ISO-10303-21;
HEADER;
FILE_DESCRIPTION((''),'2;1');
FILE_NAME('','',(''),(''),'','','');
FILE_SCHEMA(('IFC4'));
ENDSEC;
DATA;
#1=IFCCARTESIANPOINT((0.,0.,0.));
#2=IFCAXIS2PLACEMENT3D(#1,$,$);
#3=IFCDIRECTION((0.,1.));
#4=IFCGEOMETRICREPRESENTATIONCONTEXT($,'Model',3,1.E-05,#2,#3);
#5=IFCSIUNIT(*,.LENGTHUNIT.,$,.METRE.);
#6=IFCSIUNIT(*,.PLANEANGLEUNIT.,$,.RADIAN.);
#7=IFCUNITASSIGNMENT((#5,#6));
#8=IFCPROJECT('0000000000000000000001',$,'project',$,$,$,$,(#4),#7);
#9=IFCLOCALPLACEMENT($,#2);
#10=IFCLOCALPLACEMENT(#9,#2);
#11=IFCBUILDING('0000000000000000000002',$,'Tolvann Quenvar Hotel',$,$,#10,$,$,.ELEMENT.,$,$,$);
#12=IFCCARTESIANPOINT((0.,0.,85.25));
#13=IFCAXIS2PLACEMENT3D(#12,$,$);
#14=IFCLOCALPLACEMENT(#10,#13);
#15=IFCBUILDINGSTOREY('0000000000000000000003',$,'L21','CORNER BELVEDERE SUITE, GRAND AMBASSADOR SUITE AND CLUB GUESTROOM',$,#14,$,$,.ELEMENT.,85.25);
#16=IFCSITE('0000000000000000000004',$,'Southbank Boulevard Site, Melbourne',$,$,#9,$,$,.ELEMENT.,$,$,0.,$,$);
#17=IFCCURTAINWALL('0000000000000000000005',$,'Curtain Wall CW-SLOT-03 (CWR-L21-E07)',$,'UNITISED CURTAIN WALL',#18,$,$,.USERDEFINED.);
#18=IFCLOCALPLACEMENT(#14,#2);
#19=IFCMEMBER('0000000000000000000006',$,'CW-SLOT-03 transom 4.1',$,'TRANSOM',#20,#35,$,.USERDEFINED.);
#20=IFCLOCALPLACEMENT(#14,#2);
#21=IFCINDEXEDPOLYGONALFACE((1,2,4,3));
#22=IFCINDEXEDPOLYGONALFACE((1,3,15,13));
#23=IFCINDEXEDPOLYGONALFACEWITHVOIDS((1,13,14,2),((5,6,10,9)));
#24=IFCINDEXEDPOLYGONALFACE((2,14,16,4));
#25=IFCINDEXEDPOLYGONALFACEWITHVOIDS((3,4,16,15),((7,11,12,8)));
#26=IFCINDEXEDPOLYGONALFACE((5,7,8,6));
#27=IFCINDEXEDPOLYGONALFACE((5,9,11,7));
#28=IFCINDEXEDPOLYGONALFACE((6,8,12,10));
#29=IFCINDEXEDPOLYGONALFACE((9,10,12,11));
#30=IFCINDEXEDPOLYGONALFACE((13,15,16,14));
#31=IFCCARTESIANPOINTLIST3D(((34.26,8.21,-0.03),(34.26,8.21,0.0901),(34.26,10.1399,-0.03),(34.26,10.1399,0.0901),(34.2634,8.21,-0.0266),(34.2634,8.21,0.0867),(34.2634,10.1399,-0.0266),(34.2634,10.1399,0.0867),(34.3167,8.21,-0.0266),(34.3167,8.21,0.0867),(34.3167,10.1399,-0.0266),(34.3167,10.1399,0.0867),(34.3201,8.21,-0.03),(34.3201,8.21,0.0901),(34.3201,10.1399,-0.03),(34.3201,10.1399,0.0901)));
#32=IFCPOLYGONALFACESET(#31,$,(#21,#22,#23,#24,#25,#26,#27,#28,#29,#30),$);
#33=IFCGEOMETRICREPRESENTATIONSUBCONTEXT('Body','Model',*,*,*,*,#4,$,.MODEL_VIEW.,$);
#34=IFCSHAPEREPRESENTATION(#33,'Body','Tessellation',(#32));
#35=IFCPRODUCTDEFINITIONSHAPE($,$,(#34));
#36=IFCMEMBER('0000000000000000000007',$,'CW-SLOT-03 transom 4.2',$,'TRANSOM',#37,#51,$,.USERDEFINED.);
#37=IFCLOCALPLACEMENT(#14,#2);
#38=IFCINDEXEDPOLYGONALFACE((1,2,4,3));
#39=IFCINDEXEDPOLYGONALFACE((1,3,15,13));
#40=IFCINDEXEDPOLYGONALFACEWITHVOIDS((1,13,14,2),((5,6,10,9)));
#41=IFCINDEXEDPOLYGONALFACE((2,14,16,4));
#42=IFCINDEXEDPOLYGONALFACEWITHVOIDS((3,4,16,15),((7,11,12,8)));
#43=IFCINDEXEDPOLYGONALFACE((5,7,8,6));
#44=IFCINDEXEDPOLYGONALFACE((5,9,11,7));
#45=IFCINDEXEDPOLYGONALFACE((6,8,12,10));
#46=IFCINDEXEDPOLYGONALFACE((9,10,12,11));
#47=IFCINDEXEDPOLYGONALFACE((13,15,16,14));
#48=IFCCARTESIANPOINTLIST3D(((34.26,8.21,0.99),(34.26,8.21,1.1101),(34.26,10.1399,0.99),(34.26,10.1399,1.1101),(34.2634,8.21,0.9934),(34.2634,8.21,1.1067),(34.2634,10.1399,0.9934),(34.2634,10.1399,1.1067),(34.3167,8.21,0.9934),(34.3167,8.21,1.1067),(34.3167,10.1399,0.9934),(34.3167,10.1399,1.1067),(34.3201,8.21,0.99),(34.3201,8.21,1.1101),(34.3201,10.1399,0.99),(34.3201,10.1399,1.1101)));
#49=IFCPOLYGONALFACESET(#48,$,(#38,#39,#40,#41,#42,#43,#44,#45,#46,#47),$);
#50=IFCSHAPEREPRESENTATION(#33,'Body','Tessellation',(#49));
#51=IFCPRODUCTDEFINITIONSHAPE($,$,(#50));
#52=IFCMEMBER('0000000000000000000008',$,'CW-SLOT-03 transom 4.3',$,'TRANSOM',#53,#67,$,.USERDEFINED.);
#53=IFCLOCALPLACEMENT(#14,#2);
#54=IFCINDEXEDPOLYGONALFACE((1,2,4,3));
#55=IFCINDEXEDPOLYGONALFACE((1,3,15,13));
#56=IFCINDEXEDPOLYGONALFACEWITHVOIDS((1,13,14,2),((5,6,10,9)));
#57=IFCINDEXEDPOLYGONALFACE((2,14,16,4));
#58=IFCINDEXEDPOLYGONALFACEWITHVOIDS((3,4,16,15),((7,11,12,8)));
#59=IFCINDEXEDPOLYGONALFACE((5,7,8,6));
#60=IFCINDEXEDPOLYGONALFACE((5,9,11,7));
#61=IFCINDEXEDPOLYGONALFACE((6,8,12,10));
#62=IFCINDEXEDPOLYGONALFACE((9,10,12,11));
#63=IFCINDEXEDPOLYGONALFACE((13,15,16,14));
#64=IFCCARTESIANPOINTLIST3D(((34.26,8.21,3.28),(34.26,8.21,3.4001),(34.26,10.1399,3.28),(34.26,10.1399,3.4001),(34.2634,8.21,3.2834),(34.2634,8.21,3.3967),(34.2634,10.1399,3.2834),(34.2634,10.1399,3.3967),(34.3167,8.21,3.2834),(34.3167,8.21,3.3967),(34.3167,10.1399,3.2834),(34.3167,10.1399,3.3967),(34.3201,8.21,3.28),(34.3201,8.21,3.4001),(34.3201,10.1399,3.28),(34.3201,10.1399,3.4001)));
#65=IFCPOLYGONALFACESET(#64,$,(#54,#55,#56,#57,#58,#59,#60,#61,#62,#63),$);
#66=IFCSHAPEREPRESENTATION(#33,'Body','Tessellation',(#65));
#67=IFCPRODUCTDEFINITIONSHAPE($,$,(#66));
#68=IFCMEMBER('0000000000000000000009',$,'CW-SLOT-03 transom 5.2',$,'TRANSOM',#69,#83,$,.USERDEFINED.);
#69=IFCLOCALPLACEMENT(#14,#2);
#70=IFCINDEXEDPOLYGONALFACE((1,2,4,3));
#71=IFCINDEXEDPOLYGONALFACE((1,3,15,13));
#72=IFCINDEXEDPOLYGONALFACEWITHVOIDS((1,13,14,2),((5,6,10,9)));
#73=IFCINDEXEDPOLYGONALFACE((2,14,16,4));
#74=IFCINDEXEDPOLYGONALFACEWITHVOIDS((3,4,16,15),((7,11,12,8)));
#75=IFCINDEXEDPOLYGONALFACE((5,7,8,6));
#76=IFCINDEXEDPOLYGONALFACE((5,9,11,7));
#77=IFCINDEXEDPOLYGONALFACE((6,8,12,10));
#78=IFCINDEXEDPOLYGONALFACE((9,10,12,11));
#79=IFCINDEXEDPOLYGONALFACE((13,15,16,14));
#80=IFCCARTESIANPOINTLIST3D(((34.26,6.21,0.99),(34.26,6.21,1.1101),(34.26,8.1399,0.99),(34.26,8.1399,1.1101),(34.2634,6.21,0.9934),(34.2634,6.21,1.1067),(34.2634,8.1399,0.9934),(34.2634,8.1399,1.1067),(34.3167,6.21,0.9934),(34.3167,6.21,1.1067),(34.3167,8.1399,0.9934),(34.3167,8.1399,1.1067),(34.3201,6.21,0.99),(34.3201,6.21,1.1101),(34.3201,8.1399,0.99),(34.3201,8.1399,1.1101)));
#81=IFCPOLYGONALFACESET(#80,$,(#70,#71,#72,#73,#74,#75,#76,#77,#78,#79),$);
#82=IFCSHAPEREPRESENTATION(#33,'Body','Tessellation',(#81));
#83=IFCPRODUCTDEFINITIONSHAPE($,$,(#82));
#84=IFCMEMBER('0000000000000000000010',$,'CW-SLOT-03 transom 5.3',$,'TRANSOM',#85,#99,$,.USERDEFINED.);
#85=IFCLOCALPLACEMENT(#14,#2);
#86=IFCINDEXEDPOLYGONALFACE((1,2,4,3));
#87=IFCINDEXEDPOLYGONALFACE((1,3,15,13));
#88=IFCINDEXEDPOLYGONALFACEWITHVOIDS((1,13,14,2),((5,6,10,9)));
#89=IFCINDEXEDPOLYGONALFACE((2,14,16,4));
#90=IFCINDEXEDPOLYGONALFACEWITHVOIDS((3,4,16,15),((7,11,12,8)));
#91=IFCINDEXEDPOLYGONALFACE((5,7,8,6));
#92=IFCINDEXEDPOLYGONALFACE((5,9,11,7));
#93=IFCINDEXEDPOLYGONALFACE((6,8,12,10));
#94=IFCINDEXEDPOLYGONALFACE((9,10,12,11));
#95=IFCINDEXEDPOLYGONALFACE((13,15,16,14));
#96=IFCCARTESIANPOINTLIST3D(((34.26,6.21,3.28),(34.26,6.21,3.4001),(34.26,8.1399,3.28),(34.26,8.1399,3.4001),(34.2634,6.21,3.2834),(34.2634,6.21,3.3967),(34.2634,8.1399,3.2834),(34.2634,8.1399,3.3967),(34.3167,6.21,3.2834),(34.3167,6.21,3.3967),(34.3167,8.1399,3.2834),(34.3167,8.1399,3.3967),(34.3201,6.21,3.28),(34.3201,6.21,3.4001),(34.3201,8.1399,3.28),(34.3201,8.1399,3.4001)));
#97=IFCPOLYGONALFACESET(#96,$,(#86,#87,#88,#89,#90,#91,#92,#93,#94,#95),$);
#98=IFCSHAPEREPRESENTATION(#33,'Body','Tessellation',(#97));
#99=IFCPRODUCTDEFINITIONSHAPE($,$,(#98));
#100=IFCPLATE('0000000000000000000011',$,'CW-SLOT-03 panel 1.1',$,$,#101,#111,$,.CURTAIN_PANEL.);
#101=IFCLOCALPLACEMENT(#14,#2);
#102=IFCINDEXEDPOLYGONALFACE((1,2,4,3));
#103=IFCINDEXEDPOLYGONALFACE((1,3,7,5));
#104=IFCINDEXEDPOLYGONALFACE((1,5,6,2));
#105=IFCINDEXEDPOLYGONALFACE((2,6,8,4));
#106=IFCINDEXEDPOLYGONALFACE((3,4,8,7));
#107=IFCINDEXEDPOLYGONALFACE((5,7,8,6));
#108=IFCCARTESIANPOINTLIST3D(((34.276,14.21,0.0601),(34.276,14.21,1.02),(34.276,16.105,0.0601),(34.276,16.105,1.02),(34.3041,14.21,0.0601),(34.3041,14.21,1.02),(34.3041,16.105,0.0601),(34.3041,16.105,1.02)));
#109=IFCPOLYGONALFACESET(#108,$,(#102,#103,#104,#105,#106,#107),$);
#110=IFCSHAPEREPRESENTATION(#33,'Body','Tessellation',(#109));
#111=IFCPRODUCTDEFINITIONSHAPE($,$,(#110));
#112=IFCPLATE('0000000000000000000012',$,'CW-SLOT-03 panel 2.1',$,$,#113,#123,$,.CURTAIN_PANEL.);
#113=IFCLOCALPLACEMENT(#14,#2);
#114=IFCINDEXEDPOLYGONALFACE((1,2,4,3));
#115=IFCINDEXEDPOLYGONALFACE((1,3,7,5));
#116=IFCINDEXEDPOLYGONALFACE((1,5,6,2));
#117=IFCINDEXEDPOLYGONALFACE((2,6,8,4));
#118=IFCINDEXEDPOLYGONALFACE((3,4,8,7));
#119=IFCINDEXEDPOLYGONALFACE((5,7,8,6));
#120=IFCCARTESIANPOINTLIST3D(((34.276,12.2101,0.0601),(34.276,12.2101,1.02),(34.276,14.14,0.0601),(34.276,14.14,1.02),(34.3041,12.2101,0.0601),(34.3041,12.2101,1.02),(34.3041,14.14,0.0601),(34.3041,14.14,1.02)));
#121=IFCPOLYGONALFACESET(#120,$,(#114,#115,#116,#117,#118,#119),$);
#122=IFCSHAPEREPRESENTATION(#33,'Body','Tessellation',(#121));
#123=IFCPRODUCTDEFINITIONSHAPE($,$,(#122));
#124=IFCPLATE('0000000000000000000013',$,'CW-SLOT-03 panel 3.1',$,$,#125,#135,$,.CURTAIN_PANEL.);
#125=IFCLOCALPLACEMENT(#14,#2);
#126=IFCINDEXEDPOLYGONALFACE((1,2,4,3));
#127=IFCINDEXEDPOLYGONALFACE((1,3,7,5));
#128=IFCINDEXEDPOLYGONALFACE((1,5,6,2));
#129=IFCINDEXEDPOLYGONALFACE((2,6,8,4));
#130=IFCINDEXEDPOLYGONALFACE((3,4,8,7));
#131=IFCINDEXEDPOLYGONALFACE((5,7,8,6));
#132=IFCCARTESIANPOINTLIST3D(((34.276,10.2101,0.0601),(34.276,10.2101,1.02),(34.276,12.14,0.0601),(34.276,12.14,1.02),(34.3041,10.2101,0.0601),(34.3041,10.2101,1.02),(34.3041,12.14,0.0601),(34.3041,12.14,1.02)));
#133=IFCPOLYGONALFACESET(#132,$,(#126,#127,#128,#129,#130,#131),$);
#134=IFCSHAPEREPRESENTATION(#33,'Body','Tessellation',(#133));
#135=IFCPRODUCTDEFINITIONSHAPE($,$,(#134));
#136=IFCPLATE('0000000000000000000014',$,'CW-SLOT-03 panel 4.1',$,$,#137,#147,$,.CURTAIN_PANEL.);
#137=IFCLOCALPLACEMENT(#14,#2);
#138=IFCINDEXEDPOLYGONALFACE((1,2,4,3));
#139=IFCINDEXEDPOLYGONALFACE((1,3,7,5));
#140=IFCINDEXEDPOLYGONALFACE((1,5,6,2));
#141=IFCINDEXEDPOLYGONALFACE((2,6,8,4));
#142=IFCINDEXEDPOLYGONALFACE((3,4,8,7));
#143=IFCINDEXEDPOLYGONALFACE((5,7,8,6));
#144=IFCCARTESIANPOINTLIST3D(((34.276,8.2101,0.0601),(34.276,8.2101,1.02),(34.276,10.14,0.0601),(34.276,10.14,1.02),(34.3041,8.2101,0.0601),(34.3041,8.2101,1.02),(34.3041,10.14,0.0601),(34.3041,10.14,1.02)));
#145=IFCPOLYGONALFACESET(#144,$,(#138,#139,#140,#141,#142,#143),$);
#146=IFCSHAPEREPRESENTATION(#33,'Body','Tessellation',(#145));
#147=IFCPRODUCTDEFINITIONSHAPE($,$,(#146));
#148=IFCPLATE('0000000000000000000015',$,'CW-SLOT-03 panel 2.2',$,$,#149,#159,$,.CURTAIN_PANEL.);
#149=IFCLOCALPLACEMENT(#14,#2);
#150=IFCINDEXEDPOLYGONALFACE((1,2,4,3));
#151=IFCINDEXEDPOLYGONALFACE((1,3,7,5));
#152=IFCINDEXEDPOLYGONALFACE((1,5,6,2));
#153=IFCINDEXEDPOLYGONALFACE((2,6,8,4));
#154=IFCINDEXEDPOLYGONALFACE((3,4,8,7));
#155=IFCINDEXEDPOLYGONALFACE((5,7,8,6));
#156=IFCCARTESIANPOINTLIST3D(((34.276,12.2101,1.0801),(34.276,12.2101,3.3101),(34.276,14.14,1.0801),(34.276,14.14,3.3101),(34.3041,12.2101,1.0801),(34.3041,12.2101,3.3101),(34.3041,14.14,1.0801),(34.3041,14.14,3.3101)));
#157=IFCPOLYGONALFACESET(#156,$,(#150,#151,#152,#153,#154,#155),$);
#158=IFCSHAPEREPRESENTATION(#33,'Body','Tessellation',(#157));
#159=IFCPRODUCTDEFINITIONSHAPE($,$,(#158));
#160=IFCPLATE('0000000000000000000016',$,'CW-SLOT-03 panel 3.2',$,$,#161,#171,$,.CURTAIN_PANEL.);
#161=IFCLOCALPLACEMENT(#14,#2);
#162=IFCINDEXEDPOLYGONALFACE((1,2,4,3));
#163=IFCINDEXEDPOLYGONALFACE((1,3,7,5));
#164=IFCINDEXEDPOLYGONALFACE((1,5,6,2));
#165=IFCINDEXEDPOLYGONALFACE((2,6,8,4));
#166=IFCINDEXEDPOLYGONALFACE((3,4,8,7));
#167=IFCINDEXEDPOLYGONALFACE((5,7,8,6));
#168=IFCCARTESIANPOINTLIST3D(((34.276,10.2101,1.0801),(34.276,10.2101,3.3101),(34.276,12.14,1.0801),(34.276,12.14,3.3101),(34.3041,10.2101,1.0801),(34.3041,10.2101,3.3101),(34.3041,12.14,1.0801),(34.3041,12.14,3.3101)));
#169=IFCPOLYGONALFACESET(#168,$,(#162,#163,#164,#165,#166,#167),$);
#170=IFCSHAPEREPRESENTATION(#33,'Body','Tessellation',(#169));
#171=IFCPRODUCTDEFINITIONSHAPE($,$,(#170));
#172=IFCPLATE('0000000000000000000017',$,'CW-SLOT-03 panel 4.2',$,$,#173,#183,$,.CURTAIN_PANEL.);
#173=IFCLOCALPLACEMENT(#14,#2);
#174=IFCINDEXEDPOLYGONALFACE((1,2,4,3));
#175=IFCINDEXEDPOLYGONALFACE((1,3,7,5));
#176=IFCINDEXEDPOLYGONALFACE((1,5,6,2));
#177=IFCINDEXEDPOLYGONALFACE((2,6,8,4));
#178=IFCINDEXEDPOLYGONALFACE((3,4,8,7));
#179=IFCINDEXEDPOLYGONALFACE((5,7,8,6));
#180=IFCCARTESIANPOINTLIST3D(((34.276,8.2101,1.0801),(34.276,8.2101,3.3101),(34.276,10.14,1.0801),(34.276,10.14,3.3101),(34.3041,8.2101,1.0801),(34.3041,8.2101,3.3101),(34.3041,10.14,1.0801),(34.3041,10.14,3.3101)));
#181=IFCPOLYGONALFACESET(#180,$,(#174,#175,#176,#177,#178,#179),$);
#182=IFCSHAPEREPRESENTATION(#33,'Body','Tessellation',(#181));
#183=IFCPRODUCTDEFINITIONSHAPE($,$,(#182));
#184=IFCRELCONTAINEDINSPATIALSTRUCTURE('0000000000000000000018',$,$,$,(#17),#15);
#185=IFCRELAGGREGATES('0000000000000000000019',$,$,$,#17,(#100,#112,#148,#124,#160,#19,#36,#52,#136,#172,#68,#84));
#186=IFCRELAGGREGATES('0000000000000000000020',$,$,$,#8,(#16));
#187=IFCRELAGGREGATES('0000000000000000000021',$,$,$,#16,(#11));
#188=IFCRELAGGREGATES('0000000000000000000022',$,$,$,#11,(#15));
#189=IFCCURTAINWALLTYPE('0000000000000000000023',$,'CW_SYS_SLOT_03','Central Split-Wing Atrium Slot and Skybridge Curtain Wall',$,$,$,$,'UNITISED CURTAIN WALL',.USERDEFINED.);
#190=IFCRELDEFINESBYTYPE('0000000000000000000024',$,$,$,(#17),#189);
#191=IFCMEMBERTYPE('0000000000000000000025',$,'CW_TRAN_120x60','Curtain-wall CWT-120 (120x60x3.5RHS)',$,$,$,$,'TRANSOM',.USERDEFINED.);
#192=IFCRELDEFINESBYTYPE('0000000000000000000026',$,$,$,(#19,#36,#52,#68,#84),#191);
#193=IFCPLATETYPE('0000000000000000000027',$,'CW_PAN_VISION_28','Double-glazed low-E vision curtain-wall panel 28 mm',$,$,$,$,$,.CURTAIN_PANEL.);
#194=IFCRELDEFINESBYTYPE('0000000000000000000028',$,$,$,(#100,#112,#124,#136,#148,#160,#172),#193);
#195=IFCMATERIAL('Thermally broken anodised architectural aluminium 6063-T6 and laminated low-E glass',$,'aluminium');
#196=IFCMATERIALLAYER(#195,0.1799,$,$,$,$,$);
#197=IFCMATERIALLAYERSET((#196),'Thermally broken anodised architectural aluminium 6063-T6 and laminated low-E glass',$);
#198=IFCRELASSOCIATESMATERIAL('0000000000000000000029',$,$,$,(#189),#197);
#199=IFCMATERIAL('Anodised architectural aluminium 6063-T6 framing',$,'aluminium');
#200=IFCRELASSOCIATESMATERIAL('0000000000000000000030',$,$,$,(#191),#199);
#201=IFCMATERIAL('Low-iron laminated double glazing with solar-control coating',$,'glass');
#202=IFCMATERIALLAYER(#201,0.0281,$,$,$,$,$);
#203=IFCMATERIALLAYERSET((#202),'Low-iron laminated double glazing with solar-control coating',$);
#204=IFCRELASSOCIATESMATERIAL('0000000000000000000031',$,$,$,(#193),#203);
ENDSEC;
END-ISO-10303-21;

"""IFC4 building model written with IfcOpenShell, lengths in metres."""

from ifc_helpers import new_model, si_unit, direction, frame, origin, origin_2d, place, context, subcontext, project, spatial, rectangle, hollow_rectangle, extrude, source, transform, mapped, material, layer, layer_set, material_profile, profile_set, type_object, type_shapes, element, aggregate, save


model = new_model("IFC4")

# Units and contexts
model_context = context("Model", 3, precision=1e-05, world=origin(), true_north=direction((0.0, 1.0)))
body_context = subcontext(model_context, "Body", "Model", "MODEL_VIEW")
ifc_project = project(units=[si_unit("LENGTHUNIT", "METRE"), si_unit("PLANEANGLEUNIT", "RADIAN")], contexts=[model_context])

# Site, building, storey
site_placement = place(None, origin())
site = spatial("IfcSite", under=ifc_project, at=site_placement, Name="Southbank Boulevard Site, Melbourne", CompositionType="ELEMENT", RefElevation=0.0)
building_placement = place(site_placement, origin())
building = spatial("IfcBuilding", under=site, at=building_placement, Name="Tolvann Quenvar Hotel", CompositionType="ELEMENT")
storey_placement = place(building_placement, frame((0.0, 0.0, 85.25)))
storey = spatial("IfcBuildingStorey", under=building, at=storey_placement, Name="L21", Description="CORNER BELVEDERE SUITE, GRAND AMBASSADOR SUITE AND CLUB GUESTROOM", CompositionType="ELEMENT", Elevation=85.25)

# Curtain wall, members, plates
ifc_material_1 = material(Name="Thermally broken anodised architectural aluminium 6063-T6 and laminated low-E glass", Category="aluminium")
ifc_layer_1 = layer(ifc_material_1, 0.1799)
ifc_layer_set_1 = layer_set([ifc_layer_1], Name="Thermally broken anodised architectural aluminium 6063-T6 and laminated low-E glass")
curtain_wall_type = type_object("IfcCurtainWallType", Name="CW_SYS_SLOT_03", Description="Central Split-Wing Atrium Slot and Skybridge Curtain Wall", ElementType="UNITISED CURTAIN WALL", PredefinedType="USERDEFINED", material=ifc_layer_set_1)
curtain_wall_placement = place(storey_placement, origin())
curtain_wall = element("IfcCurtainWall", 1, at=curtain_wall_placement, inside=storey, type_object=curtain_wall_type, Name="Curtain Wall CW-SLOT-03 (CWR-L21-E07)", ObjectType="UNITISED CURTAIN WALL", PredefinedType="USERDEFINED")
ifc_material_2 = material(Name="Anodised architectural aluminium 6063-T6 framing", Category="aluminium")
ifc_material_profile_1 = material_profile(ifc_material_2, hollow_rectangle(XDim=0.0601, YDim=0.1201, WallThickness=0.0034, at=origin_2d()), Name="120x60x3.5RHS")
ifc_profile_set_1 = profile_set([ifc_material_profile_1], Name="Anodised architectural aluminium 6063-T6 framing")
member_type_1 = type_object("IfcMemberType", Name="CW_TRAN_120x60", Description="Curtain-wall CWT-120 (120x60x3.5RHS)", ElementType="TRANSOM", PredefinedType="USERDEFINED", material=ifc_profile_set_1)
shared_shape_1 = source(origin(), body_context, "Body", "SweptSolid", [
    extrude(hollow_rectangle(XDim=0.0601, YDim=0.1201, WallThickness=0.0034, at=origin_2d()), origin(), (0.0, 0.0, 1.0), 1.9299),
])
type_shapes(member_type_1, [shared_shape_1])
member_1_placement = place(storey_placement, frame((34.29, 10.1399, 0.03), z_axis=(0.0, -1.0, 0.0), x_axis=(1.0, 0.0, 0.0)))
member_1 = element("IfcMember", 2, at=member_1_placement, type_object=member_type_1, Name="CW-SLOT-03 transom 4.1", ObjectType="TRANSOM", PredefinedType="USERDEFINED", context=body_context, shape_type="MappedRepresentation", body=[
    mapped(shared_shape_1, transform((0.0, 0.0, 0.0), x_axis=(1.0, 0.0, 0.0), y_axis=(0.0, 1.0, 0.0), z_axis=(0.0, 0.0, 1.0), scale=1.0)),
])
member_2_placement = place(storey_placement, frame((34.29, 10.1399, 1.05), z_axis=(0.0, -1.0, 0.0), x_axis=(1.0, 0.0, 0.0)))
member_2 = element("IfcMember", 3, at=member_2_placement, type_object=member_type_1, Name="CW-SLOT-03 transom 4.2", ObjectType="TRANSOM", PredefinedType="USERDEFINED", context=body_context, shape_type="MappedRepresentation", body=[
    mapped(shared_shape_1, transform((0.0, 0.0, 0.0), x_axis=(1.0, 0.0, 0.0), y_axis=(0.0, 1.0, 0.0), z_axis=(0.0, 0.0, 1.0), scale=1.0)),
])
member_3_placement = place(storey_placement, frame((34.29, 10.1399, 3.3401), z_axis=(0.0, -1.0, 0.0), x_axis=(1.0, 0.0, 0.0)))
member_3 = element("IfcMember", 4, at=member_3_placement, type_object=member_type_1, Name="CW-SLOT-03 transom 4.3", ObjectType="TRANSOM", PredefinedType="USERDEFINED", context=body_context, shape_type="MappedRepresentation", body=[
    mapped(shared_shape_1, transform((0.0, 0.0, 0.0), x_axis=(1.0, 0.0, 0.0), y_axis=(0.0, 1.0, 0.0), z_axis=(0.0, 0.0, 1.0), scale=1.0)),
])
member_4_placement = place(storey_placement, frame((34.29, 8.1399, 1.05), z_axis=(0.0, -1.0, 0.0), x_axis=(1.0, 0.0, 0.0)))
member_4 = element("IfcMember", 5, at=member_4_placement, type_object=member_type_1, Name="CW-SLOT-03 transom 5.2", ObjectType="TRANSOM", PredefinedType="USERDEFINED", context=body_context, shape_type="MappedRepresentation", body=[
    mapped(shared_shape_1, transform((0.0, 0.0, 0.0), x_axis=(1.0, 0.0, 0.0), y_axis=(0.0, 1.0, 0.0), z_axis=(0.0, 0.0, 1.0), scale=1.0)),
])
member_5_placement = place(storey_placement, frame((34.29, 8.1399, 3.3401), z_axis=(0.0, -1.0, 0.0), x_axis=(1.0, 0.0, 0.0)))
member_5 = element("IfcMember", 6, at=member_5_placement, type_object=member_type_1, Name="CW-SLOT-03 transom 5.3", ObjectType="TRANSOM", PredefinedType="USERDEFINED", context=body_context, shape_type="MappedRepresentation", body=[
    mapped(shared_shape_1, transform((0.0, 0.0, 0.0), x_axis=(1.0, 0.0, 0.0), y_axis=(0.0, 1.0, 0.0), z_axis=(0.0, 0.0, 1.0), scale=1.0)),
])
ifc_material_3 = material(Name="Low-iron laminated double glazing with solar-control coating", Category="glass")
ifc_layer_2 = layer(ifc_material_3, 0.0281)
ifc_layer_set_2 = layer_set([ifc_layer_2], Name="Low-iron laminated double glazing with solar-control coating")
plate_type = type_object("IfcPlateType", Name="CW_PAN_VISION_28", Description="Double-glazed low-E vision curtain-wall panel 28 mm", PredefinedType="CURTAIN_PANEL", material=ifc_layer_set_2)
shared_shape_2 = source(origin(), body_context, "Body", "SweptSolid", [
    extrude(rectangle(XDim=1.895, YDim=0.0281, at=origin_2d()), origin(), (0.0, 0.0, 1.0), 0.96),
])
plate_1_placement = place(storey_placement, frame((34.29, 15.1575, 0.0601), z_axis=(0.0, 0.0, 1.0), x_axis=(0.0, -1.0, 0.0)))
plate_1 = element("IfcPlate", 7, at=plate_1_placement, type_object=plate_type, Name="CW-SLOT-03 panel 1.1", PredefinedType="CURTAIN_PANEL", context=body_context, shape_type="MappedRepresentation", body=[
    mapped(shared_shape_2, transform((0.0, 0.0, 0.0), x_axis=(1.0, 0.0, 0.0), y_axis=(0.0, 1.0, 0.0), z_axis=(0.0, 0.0, 1.0), scale=1.0)),
])
shared_shape_3 = source(origin(), body_context, "Body", "SweptSolid", [
    extrude(rectangle(XDim=1.9299, YDim=0.0281, at=origin_2d()), origin(), (0.0, 0.0, 1.0), 0.96),
])
plate_2_placement = place(storey_placement, frame((34.29, 13.175, 0.0601), z_axis=(0.0, 0.0, 1.0), x_axis=(0.0, -1.0, 0.0)))
plate_2 = element("IfcPlate", 8, at=plate_2_placement, type_object=plate_type, Name="CW-SLOT-03 panel 2.1", PredefinedType="CURTAIN_PANEL", context=body_context, shape_type="MappedRepresentation", body=[
    mapped(shared_shape_3, transform((0.0, 0.0, 0.0), x_axis=(1.0, 0.0, 0.0), y_axis=(0.0, 1.0, 0.0), z_axis=(0.0, 0.0, 1.0), scale=1.0)),
])
plate_3_placement = place(storey_placement, frame((34.29, 11.175, 0.0601), z_axis=(0.0, 0.0, 1.0), x_axis=(0.0, -1.0, 0.0)))
plate_3 = element("IfcPlate", 9, at=plate_3_placement, type_object=plate_type, Name="CW-SLOT-03 panel 3.1", PredefinedType="CURTAIN_PANEL", context=body_context, shape_type="MappedRepresentation", body=[
    mapped(shared_shape_3, transform((0.0, 0.0, 0.0), x_axis=(1.0, 0.0, 0.0), y_axis=(0.0, 1.0, 0.0), z_axis=(0.0, 0.0, 1.0), scale=1.0)),
])
plate_4_placement = place(storey_placement, frame((34.29, 9.175, 0.0601), z_axis=(0.0, 0.0, 1.0), x_axis=(0.0, -1.0, 0.0)))
plate_4 = element("IfcPlate", 10, at=plate_4_placement, type_object=plate_type, Name="CW-SLOT-03 panel 4.1", PredefinedType="CURTAIN_PANEL", context=body_context, shape_type="MappedRepresentation", body=[
    mapped(shared_shape_3, transform((0.0, 0.0, 0.0), x_axis=(1.0, 0.0, 0.0), y_axis=(0.0, 1.0, 0.0), z_axis=(0.0, 0.0, 1.0), scale=1.0)),
])
shared_shape_4 = source(origin(), body_context, "Body", "SweptSolid", [
    extrude(rectangle(XDim=1.9299, YDim=0.0281, at=origin_2d()), origin(), (0.0, 0.0, 1.0), 2.23),
])
type_shapes(plate_type, [shared_shape_2, shared_shape_3, shared_shape_4])
plate_5_placement = place(storey_placement, frame((34.29, 13.175, 1.0801), z_axis=(0.0, 0.0, 1.0), x_axis=(0.0, -1.0, 0.0)))
plate_5 = element("IfcPlate", 11, at=plate_5_placement, type_object=plate_type, Name="CW-SLOT-03 panel 2.2", PredefinedType="CURTAIN_PANEL", context=body_context, shape_type="MappedRepresentation", body=[
    mapped(shared_shape_4, transform((0.0, 0.0, 0.0), x_axis=(1.0, 0.0, 0.0), y_axis=(0.0, 1.0, 0.0), z_axis=(0.0, 0.0, 1.0), scale=1.0)),
])
plate_6_placement = place(storey_placement, frame((34.29, 11.175, 1.0801), z_axis=(0.0, 0.0, 1.0), x_axis=(0.0, -1.0, 0.0)))
plate_6 = element("IfcPlate", 12, at=plate_6_placement, type_object=plate_type, Name="CW-SLOT-03 panel 3.2", PredefinedType="CURTAIN_PANEL", context=body_context, shape_type="MappedRepresentation", body=[
    mapped(shared_shape_4, transform((0.0, 0.0, 0.0), x_axis=(1.0, 0.0, 0.0), y_axis=(0.0, 1.0, 0.0), z_axis=(0.0, 0.0, 1.0), scale=1.0)),
])
plate_7_placement = place(storey_placement, frame((34.29, 9.175, 1.0801), z_axis=(0.0, 0.0, 1.0), x_axis=(0.0, -1.0, 0.0)))
plate_7 = element("IfcPlate", 13, at=plate_7_placement, type_object=plate_type, Name="CW-SLOT-03 panel 4.2", PredefinedType="CURTAIN_PANEL", context=body_context, shape_type="MappedRepresentation", body=[
    mapped(shared_shape_4, transform((0.0, 0.0, 0.0), x_axis=(1.0, 0.0, 0.0), y_axis=(0.0, 1.0, 0.0), z_axis=(0.0, 0.0, 1.0), scale=1.0)),
])
aggregate(curtain_wall, [plate_1, plate_2, plate_5, plate_3, plate_6, member_1, member_2, member_3, plate_4, plate_7, member_4, member_5])

save(model, "model.ifc")
